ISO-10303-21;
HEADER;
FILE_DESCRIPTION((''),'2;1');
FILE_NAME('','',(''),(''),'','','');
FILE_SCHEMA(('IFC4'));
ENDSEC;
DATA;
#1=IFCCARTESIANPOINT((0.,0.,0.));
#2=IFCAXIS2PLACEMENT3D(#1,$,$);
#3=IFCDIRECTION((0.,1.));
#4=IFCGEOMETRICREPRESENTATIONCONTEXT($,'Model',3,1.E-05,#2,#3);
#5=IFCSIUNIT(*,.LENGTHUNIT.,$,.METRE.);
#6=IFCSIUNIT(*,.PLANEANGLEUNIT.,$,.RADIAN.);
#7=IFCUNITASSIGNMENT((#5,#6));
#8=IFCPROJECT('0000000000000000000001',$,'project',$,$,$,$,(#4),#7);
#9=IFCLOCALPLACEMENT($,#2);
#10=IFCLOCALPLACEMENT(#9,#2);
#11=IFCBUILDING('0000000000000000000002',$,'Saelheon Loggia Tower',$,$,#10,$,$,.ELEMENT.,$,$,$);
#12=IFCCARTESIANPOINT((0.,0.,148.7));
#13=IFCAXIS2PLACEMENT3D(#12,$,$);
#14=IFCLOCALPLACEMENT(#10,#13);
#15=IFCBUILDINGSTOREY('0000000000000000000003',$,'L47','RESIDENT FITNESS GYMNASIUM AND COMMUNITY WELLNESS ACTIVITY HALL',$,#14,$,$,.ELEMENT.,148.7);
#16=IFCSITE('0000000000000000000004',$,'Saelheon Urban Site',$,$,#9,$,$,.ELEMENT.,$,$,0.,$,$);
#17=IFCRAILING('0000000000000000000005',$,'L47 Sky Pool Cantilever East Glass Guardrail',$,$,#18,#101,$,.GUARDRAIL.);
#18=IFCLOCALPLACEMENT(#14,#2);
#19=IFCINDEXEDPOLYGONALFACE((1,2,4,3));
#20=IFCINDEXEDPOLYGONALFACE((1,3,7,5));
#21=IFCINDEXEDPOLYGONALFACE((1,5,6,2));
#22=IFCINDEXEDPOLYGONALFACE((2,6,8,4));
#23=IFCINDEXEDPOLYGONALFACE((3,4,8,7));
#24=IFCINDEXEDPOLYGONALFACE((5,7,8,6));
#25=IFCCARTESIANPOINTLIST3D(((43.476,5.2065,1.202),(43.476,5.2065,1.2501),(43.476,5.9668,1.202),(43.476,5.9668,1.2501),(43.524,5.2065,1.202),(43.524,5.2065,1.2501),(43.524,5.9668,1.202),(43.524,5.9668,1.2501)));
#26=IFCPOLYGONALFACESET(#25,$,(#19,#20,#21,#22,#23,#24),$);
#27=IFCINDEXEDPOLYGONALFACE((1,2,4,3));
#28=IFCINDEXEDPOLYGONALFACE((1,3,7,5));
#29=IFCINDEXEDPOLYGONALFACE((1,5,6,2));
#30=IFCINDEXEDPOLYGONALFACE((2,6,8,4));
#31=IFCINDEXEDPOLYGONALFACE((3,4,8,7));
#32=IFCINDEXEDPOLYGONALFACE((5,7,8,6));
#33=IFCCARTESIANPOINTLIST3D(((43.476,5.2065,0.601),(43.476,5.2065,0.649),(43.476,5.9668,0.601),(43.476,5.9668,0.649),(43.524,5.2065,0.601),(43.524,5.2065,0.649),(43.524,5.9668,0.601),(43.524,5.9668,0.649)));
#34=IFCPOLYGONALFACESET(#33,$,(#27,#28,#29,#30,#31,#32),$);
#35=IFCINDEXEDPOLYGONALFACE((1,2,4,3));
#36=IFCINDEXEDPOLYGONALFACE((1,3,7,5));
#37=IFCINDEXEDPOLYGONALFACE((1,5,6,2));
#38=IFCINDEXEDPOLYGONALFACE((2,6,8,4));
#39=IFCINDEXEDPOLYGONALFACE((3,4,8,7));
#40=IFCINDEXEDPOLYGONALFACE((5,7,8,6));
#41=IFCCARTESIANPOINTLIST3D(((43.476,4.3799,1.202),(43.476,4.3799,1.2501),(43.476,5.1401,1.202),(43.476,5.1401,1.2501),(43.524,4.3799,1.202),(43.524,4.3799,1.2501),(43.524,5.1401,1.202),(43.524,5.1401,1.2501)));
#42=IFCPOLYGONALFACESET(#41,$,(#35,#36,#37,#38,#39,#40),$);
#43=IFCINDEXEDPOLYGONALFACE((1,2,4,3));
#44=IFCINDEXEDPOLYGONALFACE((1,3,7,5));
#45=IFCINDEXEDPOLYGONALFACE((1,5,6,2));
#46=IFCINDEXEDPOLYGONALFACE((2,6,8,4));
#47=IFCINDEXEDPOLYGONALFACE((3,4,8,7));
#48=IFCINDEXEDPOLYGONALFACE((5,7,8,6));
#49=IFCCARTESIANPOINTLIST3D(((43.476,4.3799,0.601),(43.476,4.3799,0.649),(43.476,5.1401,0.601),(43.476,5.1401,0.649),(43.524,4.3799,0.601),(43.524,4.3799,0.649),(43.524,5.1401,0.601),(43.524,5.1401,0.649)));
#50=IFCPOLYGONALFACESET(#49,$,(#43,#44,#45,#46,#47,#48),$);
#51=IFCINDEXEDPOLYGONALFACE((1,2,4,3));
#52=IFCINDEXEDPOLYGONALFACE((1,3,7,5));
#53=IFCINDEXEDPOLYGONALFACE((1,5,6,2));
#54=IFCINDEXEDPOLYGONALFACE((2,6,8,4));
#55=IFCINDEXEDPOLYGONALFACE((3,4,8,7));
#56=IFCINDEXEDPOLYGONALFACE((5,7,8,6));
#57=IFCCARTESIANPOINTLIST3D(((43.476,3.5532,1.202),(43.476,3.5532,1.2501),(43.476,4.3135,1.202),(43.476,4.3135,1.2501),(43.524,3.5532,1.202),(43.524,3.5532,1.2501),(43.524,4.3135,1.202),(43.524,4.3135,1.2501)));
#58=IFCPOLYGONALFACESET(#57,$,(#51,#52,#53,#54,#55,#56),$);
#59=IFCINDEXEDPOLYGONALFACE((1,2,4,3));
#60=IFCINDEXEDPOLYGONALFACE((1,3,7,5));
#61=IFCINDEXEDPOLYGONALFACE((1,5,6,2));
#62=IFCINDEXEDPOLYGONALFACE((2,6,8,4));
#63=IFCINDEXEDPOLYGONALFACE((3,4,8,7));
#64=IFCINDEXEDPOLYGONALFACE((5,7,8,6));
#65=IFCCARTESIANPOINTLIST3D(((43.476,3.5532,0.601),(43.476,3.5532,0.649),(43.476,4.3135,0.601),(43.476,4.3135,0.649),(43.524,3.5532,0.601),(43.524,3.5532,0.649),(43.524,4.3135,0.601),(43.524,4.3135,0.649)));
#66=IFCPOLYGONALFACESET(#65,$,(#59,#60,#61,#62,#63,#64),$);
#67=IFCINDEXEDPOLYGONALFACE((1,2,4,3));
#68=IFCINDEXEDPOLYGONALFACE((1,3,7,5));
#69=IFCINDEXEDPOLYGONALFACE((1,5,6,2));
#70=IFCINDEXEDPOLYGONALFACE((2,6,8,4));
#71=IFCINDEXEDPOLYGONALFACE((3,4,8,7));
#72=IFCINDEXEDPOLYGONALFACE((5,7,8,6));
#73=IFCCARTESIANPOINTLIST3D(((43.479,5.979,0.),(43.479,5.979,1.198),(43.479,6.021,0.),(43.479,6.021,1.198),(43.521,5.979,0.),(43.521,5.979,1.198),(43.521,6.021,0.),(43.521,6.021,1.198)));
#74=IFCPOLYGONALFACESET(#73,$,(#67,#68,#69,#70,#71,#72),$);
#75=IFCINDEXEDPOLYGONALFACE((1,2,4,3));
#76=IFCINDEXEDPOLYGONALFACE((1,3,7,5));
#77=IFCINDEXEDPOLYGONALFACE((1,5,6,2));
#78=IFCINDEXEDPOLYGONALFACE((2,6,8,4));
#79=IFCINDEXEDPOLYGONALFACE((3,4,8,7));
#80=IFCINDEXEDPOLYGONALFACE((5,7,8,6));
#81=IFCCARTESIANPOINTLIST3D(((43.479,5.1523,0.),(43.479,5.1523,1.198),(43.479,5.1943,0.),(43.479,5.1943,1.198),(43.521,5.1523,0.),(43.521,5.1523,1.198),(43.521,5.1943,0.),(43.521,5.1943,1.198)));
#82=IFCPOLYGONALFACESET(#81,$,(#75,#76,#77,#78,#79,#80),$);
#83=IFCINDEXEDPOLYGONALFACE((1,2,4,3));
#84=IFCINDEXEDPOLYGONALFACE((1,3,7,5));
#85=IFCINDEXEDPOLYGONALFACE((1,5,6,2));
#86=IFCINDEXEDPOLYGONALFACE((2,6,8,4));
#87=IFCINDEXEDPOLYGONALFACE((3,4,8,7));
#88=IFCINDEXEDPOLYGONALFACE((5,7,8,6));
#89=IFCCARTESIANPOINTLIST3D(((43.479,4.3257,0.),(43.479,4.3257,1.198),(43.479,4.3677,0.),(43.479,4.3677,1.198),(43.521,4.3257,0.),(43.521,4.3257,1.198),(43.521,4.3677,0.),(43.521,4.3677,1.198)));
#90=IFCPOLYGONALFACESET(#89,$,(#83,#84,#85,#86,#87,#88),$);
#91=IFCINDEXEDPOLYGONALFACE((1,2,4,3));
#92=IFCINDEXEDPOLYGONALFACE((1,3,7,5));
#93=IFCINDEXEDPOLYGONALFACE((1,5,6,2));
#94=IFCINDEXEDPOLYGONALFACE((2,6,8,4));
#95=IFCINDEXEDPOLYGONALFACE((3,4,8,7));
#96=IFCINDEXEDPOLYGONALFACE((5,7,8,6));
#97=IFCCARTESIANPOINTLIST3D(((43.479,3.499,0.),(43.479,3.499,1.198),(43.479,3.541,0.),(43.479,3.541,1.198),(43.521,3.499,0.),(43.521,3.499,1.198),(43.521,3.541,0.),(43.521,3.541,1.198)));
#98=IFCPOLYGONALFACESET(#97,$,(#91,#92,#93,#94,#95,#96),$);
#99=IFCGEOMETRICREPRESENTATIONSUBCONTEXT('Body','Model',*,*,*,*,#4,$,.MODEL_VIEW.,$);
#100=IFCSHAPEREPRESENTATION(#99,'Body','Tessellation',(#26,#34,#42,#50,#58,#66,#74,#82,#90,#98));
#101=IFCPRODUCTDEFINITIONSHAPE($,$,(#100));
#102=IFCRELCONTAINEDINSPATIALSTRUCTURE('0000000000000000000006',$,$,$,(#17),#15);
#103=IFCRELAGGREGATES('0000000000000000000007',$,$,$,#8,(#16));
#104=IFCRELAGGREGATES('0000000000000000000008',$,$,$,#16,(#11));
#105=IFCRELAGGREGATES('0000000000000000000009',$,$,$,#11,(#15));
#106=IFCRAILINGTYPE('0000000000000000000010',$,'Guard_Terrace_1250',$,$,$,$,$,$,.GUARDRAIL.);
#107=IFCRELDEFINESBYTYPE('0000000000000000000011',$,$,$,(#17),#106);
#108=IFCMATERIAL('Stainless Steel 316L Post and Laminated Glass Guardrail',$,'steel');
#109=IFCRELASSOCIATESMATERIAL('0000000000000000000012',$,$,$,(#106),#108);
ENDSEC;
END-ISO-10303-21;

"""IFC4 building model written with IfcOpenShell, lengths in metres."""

from ifc_helpers import new_model, si_unit, direction, frame, origin, origin_2d, place, context, subcontext, project, spatial, rectangle, extrude, material, type_object, element, save


model = new_model("IFC4")

# Units and contexts
model_context = context("Model", 3, precision=1e-05, world=origin(), true_north=direction((0.0, 1.0)))
body_context = subcontext(model_context, "Body", "Model", "MODEL_VIEW")
ifc_project = project(units=[si_unit("LENGTHUNIT", "METRE"), si_unit("PLANEANGLEUNIT", "RADIAN")], contexts=[model_context])

# Site, building, storey
site_placement = place(None, origin())
site = spatial("IfcSite", under=ifc_project, at=site_placement, Name="Saelheon Urban Site", CompositionType="ELEMENT", RefElevation=0.0)
building_placement = place(site_placement, origin())
building = spatial("IfcBuilding", under=site, at=building_placement, Name="Saelheon Loggia Tower", CompositionType="ELEMENT")
storey_placement = place(building_placement, frame((0.0, 0.0, 148.7)))
storey = spatial("IfcBuildingStorey", under=building, at=storey_placement, Name="L47", Description="RESIDENT FITNESS GYMNASIUM AND COMMUNITY WELLNESS ACTIVITY HALL", CompositionType="ELEMENT", Elevation=148.7)

# Railing
ifc_material_1 = material(Name="Stainless Steel 316L Post and Laminated Glass Guardrail", Category="steel")
railing_type = type_object("IfcRailingType", Name="Guard_Terrace_1250", PredefinedType="GUARDRAIL", material=ifc_material_1)
railing_placement = place(storey_placement, frame((43.5, 6.0, 0.0)))
element("IfcRailing", 1, at=railing_placement, inside=storey, type_object=railing_type, Name="L47 Sky Pool Cantilever East Glass Guardrail", PredefinedType="GUARDRAIL", context=body_context, shape_type="SweptSolid", body=[
    extrude(rectangle(XDim=0.0481, YDim=0.0481, at=origin_2d()), frame((0.0, -0.0332, 1.2261), z_axis=(0.0, -1.0, 0.0), x_axis=(1.0, 0.0, 0.0)), (0.0, 0.0, 1.0), 0.7603),
    extrude(rectangle(XDim=0.0481, YDim=0.0481, at=origin_2d()), frame((0.0, -0.0332, 0.625), z_axis=(0.0, -1.0, 0.0), x_axis=(1.0, 0.0, 0.0)), (0.0, 0.0, 1.0), 0.7603),
    extrude(rectangle(XDim=0.0481, YDim=0.0481, at=origin_2d()), frame((0.0, -0.8599, 1.2261), z_axis=(0.0, -1.0, 0.0), x_axis=(1.0, 0.0, 0.0)), (0.0, 0.0, 1.0), 0.7603),
    extrude(rectangle(XDim=0.0481, YDim=0.0481, at=origin_2d()), frame((0.0, -0.8599, 0.625), z_axis=(0.0, -1.0, 0.0), x_axis=(1.0, 0.0, 0.0)), (0.0, 0.0, 1.0), 0.7603),
    extrude(rectangle(XDim=0.0481, YDim=0.0481, at=origin_2d()), frame((0.0, -1.6865, 1.2261), z_axis=(0.0, -1.0, 0.0), x_axis=(1.0, 0.0, 0.0)), (0.0, 0.0, 1.0), 0.7603),
    extrude(rectangle(XDim=0.0481, YDim=0.0481, at=origin_2d()), frame((0.0, -1.6865, 0.625), z_axis=(0.0, -1.0, 0.0), x_axis=(1.0, 0.0, 0.0)), (0.0, 0.0, 1.0), 0.7603),
    extrude(rectangle(XDim=0.042, YDim=0.042, at=origin_2d()), origin(), (0.0, 0.0, 1.0), 1.198),
    extrude(rectangle(XDim=0.042, YDim=0.042, at=origin_2d()), frame((0.0, -0.8267, 0.0)), (0.0, 0.0, 1.0), 1.198),
    extrude(rectangle(XDim=0.042, YDim=0.042, at=origin_2d()), frame((0.0, -1.6533, 0.0)), (0.0, 0.0, 1.0), 1.198),
    extrude(rectangle(XDim=0.042, YDim=0.042, at=origin_2d()), frame((0.0, -2.48, 0.0)), (0.0, 0.0, 1.0), 1.198),
])

save(model, "model.ifc")
